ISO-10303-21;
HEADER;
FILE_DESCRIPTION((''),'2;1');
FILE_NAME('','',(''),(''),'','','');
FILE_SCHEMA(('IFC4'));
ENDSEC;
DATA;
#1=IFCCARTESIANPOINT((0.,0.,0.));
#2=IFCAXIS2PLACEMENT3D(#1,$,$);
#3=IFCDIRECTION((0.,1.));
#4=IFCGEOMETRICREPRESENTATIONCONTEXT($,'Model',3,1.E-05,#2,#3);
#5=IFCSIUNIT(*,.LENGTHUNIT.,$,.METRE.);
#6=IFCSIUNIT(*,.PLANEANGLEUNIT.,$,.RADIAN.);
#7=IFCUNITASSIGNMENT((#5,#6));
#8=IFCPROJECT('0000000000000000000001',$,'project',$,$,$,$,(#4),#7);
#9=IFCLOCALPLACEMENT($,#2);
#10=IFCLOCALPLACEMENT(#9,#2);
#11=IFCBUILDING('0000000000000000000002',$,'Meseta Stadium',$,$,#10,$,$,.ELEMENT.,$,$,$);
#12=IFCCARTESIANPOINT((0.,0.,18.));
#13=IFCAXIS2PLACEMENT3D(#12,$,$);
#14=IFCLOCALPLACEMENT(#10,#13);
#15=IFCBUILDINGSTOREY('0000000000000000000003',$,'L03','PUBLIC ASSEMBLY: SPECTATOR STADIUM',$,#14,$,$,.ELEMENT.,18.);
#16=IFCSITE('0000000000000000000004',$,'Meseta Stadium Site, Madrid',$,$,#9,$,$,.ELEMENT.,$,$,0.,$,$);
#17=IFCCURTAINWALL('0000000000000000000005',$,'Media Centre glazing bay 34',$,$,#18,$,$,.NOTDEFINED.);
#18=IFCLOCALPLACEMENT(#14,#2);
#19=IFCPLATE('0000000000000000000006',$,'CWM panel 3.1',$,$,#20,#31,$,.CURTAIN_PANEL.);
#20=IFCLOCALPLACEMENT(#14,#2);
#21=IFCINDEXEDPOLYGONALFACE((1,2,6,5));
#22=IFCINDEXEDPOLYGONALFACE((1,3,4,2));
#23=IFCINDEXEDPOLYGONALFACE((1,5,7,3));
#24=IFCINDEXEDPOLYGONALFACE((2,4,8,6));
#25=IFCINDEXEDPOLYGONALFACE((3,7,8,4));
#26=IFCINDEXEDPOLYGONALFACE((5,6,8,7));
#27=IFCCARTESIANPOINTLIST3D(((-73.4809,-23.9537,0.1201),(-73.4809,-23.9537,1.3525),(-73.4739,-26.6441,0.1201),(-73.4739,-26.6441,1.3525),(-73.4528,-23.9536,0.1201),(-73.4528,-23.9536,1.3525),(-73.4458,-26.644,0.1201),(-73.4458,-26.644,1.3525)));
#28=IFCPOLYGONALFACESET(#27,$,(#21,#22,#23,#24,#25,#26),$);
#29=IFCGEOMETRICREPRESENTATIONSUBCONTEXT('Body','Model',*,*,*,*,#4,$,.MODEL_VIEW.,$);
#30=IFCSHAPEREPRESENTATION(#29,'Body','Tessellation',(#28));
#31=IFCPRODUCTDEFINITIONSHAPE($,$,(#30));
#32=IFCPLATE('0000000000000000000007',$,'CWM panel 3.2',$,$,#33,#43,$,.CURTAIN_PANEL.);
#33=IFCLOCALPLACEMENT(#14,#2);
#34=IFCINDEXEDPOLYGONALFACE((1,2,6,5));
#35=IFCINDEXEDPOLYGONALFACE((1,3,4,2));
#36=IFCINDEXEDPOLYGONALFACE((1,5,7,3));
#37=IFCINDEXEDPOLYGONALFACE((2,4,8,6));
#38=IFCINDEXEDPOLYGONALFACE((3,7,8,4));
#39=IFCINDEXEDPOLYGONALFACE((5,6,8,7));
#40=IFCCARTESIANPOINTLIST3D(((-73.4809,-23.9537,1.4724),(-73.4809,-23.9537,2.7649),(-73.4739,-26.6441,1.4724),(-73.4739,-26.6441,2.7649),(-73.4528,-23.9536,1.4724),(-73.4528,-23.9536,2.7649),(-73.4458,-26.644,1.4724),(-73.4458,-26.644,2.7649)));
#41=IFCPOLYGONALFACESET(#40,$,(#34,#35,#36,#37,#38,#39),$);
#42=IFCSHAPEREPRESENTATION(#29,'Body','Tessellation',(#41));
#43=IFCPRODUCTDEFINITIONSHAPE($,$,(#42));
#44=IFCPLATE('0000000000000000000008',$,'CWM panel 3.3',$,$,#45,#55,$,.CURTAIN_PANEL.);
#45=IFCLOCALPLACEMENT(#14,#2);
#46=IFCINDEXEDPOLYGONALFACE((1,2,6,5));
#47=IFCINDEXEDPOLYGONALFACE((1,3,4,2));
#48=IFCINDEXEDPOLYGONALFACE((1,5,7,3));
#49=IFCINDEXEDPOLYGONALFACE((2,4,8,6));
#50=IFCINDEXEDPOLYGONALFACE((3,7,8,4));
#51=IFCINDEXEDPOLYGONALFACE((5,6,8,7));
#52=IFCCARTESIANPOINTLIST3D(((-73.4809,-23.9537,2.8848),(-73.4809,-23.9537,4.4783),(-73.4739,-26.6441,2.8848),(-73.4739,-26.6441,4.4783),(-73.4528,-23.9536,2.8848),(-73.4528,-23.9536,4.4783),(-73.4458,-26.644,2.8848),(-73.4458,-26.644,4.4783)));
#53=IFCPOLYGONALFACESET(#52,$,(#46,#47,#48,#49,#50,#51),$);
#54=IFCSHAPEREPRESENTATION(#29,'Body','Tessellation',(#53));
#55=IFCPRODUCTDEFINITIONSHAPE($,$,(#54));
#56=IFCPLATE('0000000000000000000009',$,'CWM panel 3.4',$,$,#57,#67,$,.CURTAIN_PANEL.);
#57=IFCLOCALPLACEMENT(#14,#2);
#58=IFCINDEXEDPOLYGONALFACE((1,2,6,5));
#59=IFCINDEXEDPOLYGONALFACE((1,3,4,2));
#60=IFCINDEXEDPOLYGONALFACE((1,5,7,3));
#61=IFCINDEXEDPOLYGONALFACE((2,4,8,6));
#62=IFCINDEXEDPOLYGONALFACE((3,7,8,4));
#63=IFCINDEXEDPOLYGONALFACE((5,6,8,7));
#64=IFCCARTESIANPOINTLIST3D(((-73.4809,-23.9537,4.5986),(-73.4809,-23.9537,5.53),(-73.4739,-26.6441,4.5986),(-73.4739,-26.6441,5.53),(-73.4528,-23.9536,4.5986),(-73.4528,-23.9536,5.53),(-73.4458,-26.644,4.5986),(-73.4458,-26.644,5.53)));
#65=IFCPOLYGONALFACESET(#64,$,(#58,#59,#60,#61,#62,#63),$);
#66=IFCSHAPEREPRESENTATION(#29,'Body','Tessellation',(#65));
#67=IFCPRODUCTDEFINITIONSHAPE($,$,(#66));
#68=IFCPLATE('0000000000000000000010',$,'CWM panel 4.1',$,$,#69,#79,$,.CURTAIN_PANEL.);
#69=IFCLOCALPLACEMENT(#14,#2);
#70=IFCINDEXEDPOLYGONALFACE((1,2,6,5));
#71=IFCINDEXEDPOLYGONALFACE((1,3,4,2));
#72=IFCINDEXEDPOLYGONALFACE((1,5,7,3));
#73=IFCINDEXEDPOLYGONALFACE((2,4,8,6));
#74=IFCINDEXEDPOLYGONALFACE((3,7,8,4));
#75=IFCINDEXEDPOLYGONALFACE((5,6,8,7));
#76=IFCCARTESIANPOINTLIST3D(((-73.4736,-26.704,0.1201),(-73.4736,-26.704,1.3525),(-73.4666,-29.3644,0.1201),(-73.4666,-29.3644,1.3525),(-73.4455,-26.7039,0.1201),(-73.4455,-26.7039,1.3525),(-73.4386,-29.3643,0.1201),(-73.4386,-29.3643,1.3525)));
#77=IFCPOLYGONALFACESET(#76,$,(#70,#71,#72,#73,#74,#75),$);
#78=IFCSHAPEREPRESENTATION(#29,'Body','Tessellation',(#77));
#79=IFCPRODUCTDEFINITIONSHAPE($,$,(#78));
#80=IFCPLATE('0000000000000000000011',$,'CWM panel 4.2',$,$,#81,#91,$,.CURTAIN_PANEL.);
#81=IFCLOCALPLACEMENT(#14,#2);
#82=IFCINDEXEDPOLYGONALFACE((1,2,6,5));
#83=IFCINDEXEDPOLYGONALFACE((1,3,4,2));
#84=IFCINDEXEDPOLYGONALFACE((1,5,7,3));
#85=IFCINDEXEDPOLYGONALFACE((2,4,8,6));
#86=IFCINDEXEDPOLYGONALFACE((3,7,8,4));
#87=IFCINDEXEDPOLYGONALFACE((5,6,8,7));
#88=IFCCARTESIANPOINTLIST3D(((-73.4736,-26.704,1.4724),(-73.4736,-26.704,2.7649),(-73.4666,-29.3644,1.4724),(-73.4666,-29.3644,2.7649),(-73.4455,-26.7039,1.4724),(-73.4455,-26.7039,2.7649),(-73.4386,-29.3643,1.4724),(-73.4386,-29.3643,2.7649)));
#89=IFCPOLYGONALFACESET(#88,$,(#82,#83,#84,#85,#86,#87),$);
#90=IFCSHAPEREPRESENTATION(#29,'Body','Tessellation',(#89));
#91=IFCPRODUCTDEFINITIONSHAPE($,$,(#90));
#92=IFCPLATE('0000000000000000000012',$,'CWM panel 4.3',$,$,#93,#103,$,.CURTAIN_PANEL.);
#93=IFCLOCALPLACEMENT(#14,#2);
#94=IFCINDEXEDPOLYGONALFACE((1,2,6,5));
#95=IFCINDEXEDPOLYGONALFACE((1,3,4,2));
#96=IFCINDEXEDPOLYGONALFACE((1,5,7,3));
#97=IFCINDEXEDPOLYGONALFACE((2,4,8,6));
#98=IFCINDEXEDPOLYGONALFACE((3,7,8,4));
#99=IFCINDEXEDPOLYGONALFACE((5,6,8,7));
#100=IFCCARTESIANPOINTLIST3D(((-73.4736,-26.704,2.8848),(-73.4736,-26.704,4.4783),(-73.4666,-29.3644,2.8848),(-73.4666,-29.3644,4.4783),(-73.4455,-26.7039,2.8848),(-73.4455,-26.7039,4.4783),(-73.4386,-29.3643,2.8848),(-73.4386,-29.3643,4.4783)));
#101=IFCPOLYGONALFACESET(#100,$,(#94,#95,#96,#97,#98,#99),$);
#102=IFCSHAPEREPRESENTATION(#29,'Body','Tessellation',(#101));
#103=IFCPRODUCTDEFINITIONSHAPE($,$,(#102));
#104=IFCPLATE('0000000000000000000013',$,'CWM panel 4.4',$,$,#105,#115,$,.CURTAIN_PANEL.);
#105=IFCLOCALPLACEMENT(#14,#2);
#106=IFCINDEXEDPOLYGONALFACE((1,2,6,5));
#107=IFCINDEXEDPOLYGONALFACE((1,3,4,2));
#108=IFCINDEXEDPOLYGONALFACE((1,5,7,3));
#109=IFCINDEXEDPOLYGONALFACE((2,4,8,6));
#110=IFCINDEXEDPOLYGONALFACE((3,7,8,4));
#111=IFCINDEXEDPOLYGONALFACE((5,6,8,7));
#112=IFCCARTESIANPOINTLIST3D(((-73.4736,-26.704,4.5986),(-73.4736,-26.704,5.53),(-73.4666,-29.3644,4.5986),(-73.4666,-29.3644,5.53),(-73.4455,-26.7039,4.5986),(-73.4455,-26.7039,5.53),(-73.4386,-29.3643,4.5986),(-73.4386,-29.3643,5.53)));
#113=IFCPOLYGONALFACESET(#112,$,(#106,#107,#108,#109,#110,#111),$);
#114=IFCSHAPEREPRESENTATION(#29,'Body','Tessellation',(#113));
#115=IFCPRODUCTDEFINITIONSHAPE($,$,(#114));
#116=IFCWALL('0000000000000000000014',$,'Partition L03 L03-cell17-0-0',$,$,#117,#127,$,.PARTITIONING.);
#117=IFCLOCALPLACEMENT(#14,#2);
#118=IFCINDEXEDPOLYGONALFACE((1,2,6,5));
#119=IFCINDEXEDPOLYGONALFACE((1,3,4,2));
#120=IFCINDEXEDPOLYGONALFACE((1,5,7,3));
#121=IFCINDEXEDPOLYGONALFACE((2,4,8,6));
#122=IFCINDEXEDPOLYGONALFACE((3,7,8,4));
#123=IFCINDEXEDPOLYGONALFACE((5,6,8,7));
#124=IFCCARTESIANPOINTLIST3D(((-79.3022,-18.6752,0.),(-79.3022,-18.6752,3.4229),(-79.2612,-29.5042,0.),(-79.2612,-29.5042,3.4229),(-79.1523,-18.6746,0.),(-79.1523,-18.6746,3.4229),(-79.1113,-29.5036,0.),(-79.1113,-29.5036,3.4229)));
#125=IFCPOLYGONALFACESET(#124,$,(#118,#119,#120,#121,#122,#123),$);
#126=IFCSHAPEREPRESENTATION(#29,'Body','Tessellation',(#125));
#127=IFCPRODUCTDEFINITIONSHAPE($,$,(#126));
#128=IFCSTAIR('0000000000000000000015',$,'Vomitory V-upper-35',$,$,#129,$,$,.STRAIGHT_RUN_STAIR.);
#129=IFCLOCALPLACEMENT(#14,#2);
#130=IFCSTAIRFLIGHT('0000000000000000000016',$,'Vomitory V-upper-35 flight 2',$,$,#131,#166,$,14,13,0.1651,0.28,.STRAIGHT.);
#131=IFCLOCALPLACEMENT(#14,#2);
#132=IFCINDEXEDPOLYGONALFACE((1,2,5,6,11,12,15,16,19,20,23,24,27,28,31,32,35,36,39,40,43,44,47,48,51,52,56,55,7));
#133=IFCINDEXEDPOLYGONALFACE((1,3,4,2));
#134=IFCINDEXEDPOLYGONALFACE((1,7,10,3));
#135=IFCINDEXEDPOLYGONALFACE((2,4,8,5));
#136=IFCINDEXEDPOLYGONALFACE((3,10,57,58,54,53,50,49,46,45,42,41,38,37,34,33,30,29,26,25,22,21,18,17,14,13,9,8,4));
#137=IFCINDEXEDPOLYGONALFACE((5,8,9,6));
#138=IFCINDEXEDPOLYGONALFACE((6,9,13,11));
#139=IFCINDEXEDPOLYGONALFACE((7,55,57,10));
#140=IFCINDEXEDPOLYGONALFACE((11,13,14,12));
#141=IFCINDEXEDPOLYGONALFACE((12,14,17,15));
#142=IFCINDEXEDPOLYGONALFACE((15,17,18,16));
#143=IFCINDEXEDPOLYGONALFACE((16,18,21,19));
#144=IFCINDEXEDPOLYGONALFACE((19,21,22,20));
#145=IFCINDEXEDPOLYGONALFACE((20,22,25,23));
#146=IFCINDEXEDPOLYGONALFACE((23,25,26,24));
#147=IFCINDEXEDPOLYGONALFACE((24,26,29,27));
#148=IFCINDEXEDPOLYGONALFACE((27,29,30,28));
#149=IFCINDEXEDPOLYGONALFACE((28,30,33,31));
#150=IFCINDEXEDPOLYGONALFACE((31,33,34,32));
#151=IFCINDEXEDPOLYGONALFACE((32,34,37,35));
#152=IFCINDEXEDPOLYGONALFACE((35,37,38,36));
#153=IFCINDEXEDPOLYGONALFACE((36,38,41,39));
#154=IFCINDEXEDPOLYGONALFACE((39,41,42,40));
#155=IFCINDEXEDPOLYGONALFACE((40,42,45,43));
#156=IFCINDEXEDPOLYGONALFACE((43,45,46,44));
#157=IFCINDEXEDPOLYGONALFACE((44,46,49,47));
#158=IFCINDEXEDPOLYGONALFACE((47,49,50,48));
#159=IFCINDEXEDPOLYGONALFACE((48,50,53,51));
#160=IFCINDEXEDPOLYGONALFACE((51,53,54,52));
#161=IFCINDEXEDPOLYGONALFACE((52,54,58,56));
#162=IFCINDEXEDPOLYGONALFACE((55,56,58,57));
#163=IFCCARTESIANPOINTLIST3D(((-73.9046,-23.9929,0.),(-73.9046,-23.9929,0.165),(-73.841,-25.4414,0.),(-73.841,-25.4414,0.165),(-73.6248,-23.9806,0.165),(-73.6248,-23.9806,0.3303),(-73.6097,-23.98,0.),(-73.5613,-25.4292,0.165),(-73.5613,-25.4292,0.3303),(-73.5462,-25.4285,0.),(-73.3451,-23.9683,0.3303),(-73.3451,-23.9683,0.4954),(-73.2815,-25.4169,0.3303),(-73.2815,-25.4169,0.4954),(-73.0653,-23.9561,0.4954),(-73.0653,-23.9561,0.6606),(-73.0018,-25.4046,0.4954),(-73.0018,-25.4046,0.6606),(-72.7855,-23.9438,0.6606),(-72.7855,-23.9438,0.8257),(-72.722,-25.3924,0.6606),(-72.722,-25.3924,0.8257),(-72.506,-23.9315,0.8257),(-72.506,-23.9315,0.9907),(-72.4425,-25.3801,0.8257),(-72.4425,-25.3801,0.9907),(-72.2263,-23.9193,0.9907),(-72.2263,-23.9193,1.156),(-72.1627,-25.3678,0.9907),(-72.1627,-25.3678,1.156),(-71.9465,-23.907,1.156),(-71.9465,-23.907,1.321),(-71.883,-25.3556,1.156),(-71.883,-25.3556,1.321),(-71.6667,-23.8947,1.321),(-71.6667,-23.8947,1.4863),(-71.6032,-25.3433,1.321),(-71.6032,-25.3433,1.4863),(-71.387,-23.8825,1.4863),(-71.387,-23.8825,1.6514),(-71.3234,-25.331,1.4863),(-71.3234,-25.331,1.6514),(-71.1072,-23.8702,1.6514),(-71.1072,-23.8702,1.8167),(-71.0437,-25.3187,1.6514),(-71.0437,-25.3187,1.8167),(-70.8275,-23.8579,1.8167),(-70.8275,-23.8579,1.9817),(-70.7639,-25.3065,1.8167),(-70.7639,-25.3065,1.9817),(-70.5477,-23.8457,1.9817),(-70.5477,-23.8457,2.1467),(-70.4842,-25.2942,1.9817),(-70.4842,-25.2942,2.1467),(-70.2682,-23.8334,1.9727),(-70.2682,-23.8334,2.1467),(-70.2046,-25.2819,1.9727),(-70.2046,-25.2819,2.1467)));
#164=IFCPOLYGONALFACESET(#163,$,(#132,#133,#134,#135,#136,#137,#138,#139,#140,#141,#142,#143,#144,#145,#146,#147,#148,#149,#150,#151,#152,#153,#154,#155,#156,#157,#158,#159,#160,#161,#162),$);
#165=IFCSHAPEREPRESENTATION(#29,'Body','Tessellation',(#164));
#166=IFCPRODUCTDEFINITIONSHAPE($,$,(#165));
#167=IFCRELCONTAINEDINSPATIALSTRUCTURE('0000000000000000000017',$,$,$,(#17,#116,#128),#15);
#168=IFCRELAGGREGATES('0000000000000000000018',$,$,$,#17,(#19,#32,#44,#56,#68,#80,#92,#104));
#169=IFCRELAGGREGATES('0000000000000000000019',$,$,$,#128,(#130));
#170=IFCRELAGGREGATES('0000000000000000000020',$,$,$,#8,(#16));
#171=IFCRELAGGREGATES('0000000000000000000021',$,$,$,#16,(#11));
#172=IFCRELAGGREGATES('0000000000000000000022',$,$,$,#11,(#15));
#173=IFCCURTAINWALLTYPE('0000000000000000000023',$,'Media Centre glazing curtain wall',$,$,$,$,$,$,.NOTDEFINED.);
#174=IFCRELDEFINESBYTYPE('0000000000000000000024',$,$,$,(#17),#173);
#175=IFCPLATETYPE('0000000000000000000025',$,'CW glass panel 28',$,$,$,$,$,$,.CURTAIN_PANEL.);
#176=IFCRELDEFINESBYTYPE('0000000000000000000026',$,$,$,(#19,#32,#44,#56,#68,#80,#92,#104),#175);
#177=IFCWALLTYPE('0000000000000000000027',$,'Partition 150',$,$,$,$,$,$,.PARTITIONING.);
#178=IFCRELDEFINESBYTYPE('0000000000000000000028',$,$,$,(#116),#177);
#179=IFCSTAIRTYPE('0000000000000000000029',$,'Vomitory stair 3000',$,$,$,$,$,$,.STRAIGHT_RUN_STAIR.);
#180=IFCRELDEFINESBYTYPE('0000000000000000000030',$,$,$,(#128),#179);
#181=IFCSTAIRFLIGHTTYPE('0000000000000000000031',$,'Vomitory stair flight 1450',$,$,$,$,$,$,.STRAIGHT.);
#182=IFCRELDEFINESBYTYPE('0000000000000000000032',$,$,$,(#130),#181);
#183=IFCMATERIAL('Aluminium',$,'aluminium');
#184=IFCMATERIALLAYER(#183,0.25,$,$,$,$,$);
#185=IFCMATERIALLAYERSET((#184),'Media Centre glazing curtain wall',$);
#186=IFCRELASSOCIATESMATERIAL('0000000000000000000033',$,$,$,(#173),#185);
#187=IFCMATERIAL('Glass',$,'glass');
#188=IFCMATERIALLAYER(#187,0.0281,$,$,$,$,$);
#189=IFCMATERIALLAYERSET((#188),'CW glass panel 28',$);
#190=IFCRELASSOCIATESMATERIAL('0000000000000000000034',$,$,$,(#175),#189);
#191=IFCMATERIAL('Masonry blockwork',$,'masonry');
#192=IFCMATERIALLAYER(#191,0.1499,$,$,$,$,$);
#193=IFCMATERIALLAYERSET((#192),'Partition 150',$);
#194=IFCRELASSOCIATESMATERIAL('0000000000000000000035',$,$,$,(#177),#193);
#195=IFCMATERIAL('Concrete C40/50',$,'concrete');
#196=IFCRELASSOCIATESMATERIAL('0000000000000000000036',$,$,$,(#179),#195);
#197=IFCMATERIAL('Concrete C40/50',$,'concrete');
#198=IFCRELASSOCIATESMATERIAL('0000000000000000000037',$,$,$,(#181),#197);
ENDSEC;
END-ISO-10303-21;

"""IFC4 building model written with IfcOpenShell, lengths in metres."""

from ifc_helpers import new_model, si_unit, direction, frame, frame_2d, origin, origin_2d, place, context, subcontext, project, spatial, polyline, rectangle, outline, extrude, material, layer, layer_set, type_object, element, aggregate, save


model = new_model("IFC4")

# Units and contexts
model_context = context("Model", 3, precision=1e-05, world=origin(), true_north=direction((0.0, 1.0)))
body_context = subcontext(model_context, "Body", "Model", "MODEL_VIEW")
ifc_project = project(units=[si_unit("LENGTHUNIT", "METRE"), si_unit("PLANEANGLEUNIT", "RADIAN")], contexts=[model_context])

# Site, building, storey
site_placement = place(None, origin())
site = spatial("IfcSite", under=ifc_project, at=site_placement, Name="Meseta Stadium Site, Madrid", CompositionType="ELEMENT", RefElevation=0.0)
building_placement = place(site_placement, origin())
building = spatial("IfcBuilding", under=site, at=building_placement, Name="Meseta Stadium", CompositionType="ELEMENT")
storey_placement = place(building_placement, frame((0.0, 0.0, 18.0)))
storey = spatial("IfcBuildingStorey", under=building, at=storey_placement, Name="L03", Description="PUBLIC ASSEMBLY: SPECTATOR STADIUM", CompositionType="ELEMENT", Elevation=18.0)

# Curtain wall
ifc_material_1 = material(Name="Aluminium", Category="aluminium")
ifc_layer_1 = layer(ifc_material_1, 0.25)
ifc_layer_set_1 = layer_set([ifc_layer_1], Name="Media Centre glazing curtain wall")
curtain_wall_type = type_object("IfcCurtainWallType", Name="Media Centre glazing curtain wall", PredefinedType="NOTDEFINED", material=ifc_layer_set_1)
curtain_wall_1_placement = place(storey_placement, origin())
curtain_wall_1 = element("IfcCurtainWall", 1, at=curtain_wall_1_placement, inside=storey, type_object=curtain_wall_type, Name="Media Centre glazing bay 34", PredefinedType="NOTDEFINED")

# Plates
ifc_material_2 = material(Name="Glass", Category="glass")
ifc_layer_2 = layer(ifc_material_2, 0.0281)
ifc_layer_set_2 = layer_set([ifc_layer_2], Name="CW glass panel 28")
plate_type = type_object("IfcPlateType", Name="CW glass panel 28", PredefinedType="CURTAIN_PANEL", material=ifc_layer_set_2)
plate_1_placement = place(storey_placement, frame((-73.4634, -25.2988, 0.1201), z_axis=(0.0, 0.0, 1.0), x_axis=(0.002606, -0.999997, 0.0)))
plate_1 = element("IfcPlate", 2, at=plate_1_placement, type_object=plate_type, Name="CWM panel 3.1", PredefinedType="CURTAIN_PANEL", context=body_context, shape_type="SweptSolid", body=[
    extrude(rectangle(XDim=2.6904, YDim=0.0281, at=origin_2d()), origin(), (0.0, 0.0, 1.0), 1.2324),
])
plate_2_placement = place(storey_placement, frame((-73.4634, -25.2988, 1.4724), z_axis=(0.0, 0.0, 1.0), x_axis=(0.002606, -0.999997, 0.0)))
plate_2 = element("IfcPlate", 3, at=plate_2_placement, type_object=plate_type, Name="CWM panel 3.2", PredefinedType="CURTAIN_PANEL", context=body_context, shape_type="SweptSolid", body=[
    extrude(rectangle(XDim=2.6904, YDim=0.0281, at=origin_2d()), origin(), (0.0, 0.0, 1.0), 1.2925),
])
plate_3_placement = place(storey_placement, frame((-73.4634, -25.2988, 2.8848), z_axis=(0.0, 0.0, 1.0), x_axis=(0.002606, -0.999997, 0.0)))
plate_3 = element("IfcPlate", 4, at=plate_3_placement, type_object=plate_type, Name="CWM panel 3.3", PredefinedType="CURTAIN_PANEL", context=body_context, shape_type="SweptSolid", body=[
    extrude(rectangle(XDim=2.6904, YDim=0.0281, at=origin_2d()), origin(), (0.0, 0.0, 1.0), 1.5935),
])
plate_4_placement = place(storey_placement, frame((-73.4634, -25.2988, 4.5986), z_axis=(0.0, 0.0, 1.0), x_axis=(0.002606, -0.999997, 0.0)))
plate_4 = element("IfcPlate", 5, at=plate_4_placement, type_object=plate_type, Name="CWM panel 3.4", PredefinedType="CURTAIN_PANEL", context=body_context, shape_type="SweptSolid", body=[
    extrude(rectangle(XDim=2.6904, YDim=0.0281, at=origin_2d()), origin(), (0.0, 0.0, 1.0), 0.9314),
])
plate_5_placement = place(storey_placement, frame((-73.4561, -28.0342, 0.1201), z_axis=(0.0, 0.0, 1.0), x_axis=(0.002606, -0.999997, 0.0)))
plate_5 = element("IfcPlate", 6, at=plate_5_placement, type_object=plate_type, Name="CWM panel 4.1", PredefinedType="CURTAIN_PANEL", context=body_context, shape_type="SweptSolid", body=[
    extrude(rectangle(XDim=2.6604, YDim=0.0281, at=origin_2d()), origin(), (0.0, 0.0, 1.0), 1.2324),
])
plate_6_placement = place(storey_placement, frame((-73.4561, -28.0342, 1.4724), z_axis=(0.0, 0.0, 1.0), x_axis=(0.002606, -0.999997, 0.0)))
plate_6 = element("IfcPlate", 7, at=plate_6_placement, type_object=plate_type, Name="CWM panel 4.2", PredefinedType="CURTAIN_PANEL", context=body_context, shape_type="SweptSolid", body=[
    extrude(rectangle(XDim=2.6604, YDim=0.0281, at=origin_2d()), origin(), (0.0, 0.0, 1.0), 1.2925),
])
plate_7_placement = place(storey_placement, frame((-73.4561, -28.0342, 2.8848), z_axis=(0.0, 0.0, 1.0), x_axis=(0.002606, -0.999997, 0.0)))
plate_7 = element("IfcPlate", 8, at=plate_7_placement, type_object=plate_type, Name="CWM panel 4.3", PredefinedType="CURTAIN_PANEL", context=body_context, shape_type="SweptSolid", body=[
    extrude(rectangle(XDim=2.6604, YDim=0.0281, at=origin_2d()), origin(), (0.0, 0.0, 1.0), 1.5935),
])
plate_8_placement = place(storey_placement, frame((-73.4561, -28.0342, 4.5986), z_axis=(0.0, 0.0, 1.0), x_axis=(0.002606, -0.999997, 0.0)))
plate_8 = element("IfcPlate", 9, at=plate_8_placement, type_object=plate_type, Name="CWM panel 4.4", PredefinedType="CURTAIN_PANEL", context=body_context, shape_type="SweptSolid", body=[
    extrude(rectangle(XDim=2.6604, YDim=0.0281, at=origin_2d()), origin(), (0.0, 0.0, 1.0), 0.9314),
])
aggregate(curtain_wall_1, [plate_1, plate_2, plate_3, plate_4, plate_5, plate_6, plate_7, plate_8])

# Wall
ifc_material_3 = material(Name="Masonry blockwork", Category="masonry")
ifc_layer_3 = layer(ifc_material_3, 0.1499)
ifc_layer_set_3 = layer_set([ifc_layer_3], Name="Partition 150")
wall_type = type_object("IfcWallType", Name="Partition 150", PredefinedType="PARTITIONING", material=ifc_layer_set_3)
wall_placement = place(storey_placement, frame((-79.1863, -29.5039, 0.0), z_axis=(0.0, 0.0, 1.0), x_axis=(-0.003788, 0.999993, 0.0)))
element("IfcWall", 10, at=wall_placement, inside=storey, type_object=wall_type, Name="Partition L03 L03-cell17-0-0", PredefinedType="PARTITIONING", context=body_context, shape_type="SweptSolid", body=[
    extrude(rectangle(XDim=10.8291, YDim=0.1499, at=frame_2d((5.4146, 0.0))), origin(), (0.0, 0.0, 1.0), 3.4229),
])

# Stair, stair flight
ifc_material_4 = material(Name="Concrete C40/50", Category="concrete")
stair_type = type_object("IfcStairType", Name="Vomitory stair 3000", PredefinedType="STRAIGHT_RUN_STAIR", material=ifc_material_4)
stair_placement = place(storey_placement, origin())
stair = element("IfcStair", 11, at=stair_placement, inside=storey, type_object=stair_type, Name="Vomitory V-upper-35", PredefinedType="STRAIGHT_RUN_STAIR")
ifc_material_5 = material(Name="Concrete C40/50", Category="concrete")
stair_flight_type = type_object("IfcStairFlightType", Name="Vomitory stair flight 1450", PredefinedType="STRAIGHT", material=ifc_material_5)
stair_flight_placement = place(storey_placement, frame((-73.8728, -24.7173, 0.0), z_axis=(0.0, 0.0, 1.0), x_axis=(0.99904, 0.043818, 0.0)))
stair_flight = element("IfcStairFlight", 12, at=stair_flight_placement, type_object=stair_flight_type, Name="Vomitory V-upper-35 flight 2", NumberOfRisers=14, NumberOfTreads=13, PredefinedType="STRAIGHT", RiserHeight=0.1651, TreadLength=0.28, context=body_context, shape_type="SweptSolid", body=[
    extrude(outline(polyline([(0.0, 0.0), (0.0, 0.165), (0.28, 0.165), (0.28, 0.3303), (0.5601, 0.3303), (0.5601, 0.4954), (0.8401, 0.4954), (0.8401, 0.6606), (1.1201, 0.6606), (1.1201, 0.8257), (1.3999, 0.8257), (1.3999, 0.9907), (1.6799, 0.9907), (1.6799, 1.156), (1.96, 1.156), (1.96, 1.321), (2.24, 1.321), (2.24, 1.4863), (2.52, 1.4863), (2.52, 1.6514), (2.8, 1.6514), (2.8, 1.8167), (3.0801, 1.8167), (3.0801, 1.9817), (3.3601, 1.9817), (3.3601, 2.1467), (3.6399, 2.1467), (3.6399, 1.9727), (0.2952, 0.0), (0.0, 0.0)])), frame((0.0, 0.7251, 0.0), z_axis=(0.0, -1.0, 0.0), x_axis=(1.0, 0.0, 0.0)), (0.0, 0.0, 1.0), 1.45),
])
aggregate(stair, [stair_flight])

save(model, "model.ifc")
